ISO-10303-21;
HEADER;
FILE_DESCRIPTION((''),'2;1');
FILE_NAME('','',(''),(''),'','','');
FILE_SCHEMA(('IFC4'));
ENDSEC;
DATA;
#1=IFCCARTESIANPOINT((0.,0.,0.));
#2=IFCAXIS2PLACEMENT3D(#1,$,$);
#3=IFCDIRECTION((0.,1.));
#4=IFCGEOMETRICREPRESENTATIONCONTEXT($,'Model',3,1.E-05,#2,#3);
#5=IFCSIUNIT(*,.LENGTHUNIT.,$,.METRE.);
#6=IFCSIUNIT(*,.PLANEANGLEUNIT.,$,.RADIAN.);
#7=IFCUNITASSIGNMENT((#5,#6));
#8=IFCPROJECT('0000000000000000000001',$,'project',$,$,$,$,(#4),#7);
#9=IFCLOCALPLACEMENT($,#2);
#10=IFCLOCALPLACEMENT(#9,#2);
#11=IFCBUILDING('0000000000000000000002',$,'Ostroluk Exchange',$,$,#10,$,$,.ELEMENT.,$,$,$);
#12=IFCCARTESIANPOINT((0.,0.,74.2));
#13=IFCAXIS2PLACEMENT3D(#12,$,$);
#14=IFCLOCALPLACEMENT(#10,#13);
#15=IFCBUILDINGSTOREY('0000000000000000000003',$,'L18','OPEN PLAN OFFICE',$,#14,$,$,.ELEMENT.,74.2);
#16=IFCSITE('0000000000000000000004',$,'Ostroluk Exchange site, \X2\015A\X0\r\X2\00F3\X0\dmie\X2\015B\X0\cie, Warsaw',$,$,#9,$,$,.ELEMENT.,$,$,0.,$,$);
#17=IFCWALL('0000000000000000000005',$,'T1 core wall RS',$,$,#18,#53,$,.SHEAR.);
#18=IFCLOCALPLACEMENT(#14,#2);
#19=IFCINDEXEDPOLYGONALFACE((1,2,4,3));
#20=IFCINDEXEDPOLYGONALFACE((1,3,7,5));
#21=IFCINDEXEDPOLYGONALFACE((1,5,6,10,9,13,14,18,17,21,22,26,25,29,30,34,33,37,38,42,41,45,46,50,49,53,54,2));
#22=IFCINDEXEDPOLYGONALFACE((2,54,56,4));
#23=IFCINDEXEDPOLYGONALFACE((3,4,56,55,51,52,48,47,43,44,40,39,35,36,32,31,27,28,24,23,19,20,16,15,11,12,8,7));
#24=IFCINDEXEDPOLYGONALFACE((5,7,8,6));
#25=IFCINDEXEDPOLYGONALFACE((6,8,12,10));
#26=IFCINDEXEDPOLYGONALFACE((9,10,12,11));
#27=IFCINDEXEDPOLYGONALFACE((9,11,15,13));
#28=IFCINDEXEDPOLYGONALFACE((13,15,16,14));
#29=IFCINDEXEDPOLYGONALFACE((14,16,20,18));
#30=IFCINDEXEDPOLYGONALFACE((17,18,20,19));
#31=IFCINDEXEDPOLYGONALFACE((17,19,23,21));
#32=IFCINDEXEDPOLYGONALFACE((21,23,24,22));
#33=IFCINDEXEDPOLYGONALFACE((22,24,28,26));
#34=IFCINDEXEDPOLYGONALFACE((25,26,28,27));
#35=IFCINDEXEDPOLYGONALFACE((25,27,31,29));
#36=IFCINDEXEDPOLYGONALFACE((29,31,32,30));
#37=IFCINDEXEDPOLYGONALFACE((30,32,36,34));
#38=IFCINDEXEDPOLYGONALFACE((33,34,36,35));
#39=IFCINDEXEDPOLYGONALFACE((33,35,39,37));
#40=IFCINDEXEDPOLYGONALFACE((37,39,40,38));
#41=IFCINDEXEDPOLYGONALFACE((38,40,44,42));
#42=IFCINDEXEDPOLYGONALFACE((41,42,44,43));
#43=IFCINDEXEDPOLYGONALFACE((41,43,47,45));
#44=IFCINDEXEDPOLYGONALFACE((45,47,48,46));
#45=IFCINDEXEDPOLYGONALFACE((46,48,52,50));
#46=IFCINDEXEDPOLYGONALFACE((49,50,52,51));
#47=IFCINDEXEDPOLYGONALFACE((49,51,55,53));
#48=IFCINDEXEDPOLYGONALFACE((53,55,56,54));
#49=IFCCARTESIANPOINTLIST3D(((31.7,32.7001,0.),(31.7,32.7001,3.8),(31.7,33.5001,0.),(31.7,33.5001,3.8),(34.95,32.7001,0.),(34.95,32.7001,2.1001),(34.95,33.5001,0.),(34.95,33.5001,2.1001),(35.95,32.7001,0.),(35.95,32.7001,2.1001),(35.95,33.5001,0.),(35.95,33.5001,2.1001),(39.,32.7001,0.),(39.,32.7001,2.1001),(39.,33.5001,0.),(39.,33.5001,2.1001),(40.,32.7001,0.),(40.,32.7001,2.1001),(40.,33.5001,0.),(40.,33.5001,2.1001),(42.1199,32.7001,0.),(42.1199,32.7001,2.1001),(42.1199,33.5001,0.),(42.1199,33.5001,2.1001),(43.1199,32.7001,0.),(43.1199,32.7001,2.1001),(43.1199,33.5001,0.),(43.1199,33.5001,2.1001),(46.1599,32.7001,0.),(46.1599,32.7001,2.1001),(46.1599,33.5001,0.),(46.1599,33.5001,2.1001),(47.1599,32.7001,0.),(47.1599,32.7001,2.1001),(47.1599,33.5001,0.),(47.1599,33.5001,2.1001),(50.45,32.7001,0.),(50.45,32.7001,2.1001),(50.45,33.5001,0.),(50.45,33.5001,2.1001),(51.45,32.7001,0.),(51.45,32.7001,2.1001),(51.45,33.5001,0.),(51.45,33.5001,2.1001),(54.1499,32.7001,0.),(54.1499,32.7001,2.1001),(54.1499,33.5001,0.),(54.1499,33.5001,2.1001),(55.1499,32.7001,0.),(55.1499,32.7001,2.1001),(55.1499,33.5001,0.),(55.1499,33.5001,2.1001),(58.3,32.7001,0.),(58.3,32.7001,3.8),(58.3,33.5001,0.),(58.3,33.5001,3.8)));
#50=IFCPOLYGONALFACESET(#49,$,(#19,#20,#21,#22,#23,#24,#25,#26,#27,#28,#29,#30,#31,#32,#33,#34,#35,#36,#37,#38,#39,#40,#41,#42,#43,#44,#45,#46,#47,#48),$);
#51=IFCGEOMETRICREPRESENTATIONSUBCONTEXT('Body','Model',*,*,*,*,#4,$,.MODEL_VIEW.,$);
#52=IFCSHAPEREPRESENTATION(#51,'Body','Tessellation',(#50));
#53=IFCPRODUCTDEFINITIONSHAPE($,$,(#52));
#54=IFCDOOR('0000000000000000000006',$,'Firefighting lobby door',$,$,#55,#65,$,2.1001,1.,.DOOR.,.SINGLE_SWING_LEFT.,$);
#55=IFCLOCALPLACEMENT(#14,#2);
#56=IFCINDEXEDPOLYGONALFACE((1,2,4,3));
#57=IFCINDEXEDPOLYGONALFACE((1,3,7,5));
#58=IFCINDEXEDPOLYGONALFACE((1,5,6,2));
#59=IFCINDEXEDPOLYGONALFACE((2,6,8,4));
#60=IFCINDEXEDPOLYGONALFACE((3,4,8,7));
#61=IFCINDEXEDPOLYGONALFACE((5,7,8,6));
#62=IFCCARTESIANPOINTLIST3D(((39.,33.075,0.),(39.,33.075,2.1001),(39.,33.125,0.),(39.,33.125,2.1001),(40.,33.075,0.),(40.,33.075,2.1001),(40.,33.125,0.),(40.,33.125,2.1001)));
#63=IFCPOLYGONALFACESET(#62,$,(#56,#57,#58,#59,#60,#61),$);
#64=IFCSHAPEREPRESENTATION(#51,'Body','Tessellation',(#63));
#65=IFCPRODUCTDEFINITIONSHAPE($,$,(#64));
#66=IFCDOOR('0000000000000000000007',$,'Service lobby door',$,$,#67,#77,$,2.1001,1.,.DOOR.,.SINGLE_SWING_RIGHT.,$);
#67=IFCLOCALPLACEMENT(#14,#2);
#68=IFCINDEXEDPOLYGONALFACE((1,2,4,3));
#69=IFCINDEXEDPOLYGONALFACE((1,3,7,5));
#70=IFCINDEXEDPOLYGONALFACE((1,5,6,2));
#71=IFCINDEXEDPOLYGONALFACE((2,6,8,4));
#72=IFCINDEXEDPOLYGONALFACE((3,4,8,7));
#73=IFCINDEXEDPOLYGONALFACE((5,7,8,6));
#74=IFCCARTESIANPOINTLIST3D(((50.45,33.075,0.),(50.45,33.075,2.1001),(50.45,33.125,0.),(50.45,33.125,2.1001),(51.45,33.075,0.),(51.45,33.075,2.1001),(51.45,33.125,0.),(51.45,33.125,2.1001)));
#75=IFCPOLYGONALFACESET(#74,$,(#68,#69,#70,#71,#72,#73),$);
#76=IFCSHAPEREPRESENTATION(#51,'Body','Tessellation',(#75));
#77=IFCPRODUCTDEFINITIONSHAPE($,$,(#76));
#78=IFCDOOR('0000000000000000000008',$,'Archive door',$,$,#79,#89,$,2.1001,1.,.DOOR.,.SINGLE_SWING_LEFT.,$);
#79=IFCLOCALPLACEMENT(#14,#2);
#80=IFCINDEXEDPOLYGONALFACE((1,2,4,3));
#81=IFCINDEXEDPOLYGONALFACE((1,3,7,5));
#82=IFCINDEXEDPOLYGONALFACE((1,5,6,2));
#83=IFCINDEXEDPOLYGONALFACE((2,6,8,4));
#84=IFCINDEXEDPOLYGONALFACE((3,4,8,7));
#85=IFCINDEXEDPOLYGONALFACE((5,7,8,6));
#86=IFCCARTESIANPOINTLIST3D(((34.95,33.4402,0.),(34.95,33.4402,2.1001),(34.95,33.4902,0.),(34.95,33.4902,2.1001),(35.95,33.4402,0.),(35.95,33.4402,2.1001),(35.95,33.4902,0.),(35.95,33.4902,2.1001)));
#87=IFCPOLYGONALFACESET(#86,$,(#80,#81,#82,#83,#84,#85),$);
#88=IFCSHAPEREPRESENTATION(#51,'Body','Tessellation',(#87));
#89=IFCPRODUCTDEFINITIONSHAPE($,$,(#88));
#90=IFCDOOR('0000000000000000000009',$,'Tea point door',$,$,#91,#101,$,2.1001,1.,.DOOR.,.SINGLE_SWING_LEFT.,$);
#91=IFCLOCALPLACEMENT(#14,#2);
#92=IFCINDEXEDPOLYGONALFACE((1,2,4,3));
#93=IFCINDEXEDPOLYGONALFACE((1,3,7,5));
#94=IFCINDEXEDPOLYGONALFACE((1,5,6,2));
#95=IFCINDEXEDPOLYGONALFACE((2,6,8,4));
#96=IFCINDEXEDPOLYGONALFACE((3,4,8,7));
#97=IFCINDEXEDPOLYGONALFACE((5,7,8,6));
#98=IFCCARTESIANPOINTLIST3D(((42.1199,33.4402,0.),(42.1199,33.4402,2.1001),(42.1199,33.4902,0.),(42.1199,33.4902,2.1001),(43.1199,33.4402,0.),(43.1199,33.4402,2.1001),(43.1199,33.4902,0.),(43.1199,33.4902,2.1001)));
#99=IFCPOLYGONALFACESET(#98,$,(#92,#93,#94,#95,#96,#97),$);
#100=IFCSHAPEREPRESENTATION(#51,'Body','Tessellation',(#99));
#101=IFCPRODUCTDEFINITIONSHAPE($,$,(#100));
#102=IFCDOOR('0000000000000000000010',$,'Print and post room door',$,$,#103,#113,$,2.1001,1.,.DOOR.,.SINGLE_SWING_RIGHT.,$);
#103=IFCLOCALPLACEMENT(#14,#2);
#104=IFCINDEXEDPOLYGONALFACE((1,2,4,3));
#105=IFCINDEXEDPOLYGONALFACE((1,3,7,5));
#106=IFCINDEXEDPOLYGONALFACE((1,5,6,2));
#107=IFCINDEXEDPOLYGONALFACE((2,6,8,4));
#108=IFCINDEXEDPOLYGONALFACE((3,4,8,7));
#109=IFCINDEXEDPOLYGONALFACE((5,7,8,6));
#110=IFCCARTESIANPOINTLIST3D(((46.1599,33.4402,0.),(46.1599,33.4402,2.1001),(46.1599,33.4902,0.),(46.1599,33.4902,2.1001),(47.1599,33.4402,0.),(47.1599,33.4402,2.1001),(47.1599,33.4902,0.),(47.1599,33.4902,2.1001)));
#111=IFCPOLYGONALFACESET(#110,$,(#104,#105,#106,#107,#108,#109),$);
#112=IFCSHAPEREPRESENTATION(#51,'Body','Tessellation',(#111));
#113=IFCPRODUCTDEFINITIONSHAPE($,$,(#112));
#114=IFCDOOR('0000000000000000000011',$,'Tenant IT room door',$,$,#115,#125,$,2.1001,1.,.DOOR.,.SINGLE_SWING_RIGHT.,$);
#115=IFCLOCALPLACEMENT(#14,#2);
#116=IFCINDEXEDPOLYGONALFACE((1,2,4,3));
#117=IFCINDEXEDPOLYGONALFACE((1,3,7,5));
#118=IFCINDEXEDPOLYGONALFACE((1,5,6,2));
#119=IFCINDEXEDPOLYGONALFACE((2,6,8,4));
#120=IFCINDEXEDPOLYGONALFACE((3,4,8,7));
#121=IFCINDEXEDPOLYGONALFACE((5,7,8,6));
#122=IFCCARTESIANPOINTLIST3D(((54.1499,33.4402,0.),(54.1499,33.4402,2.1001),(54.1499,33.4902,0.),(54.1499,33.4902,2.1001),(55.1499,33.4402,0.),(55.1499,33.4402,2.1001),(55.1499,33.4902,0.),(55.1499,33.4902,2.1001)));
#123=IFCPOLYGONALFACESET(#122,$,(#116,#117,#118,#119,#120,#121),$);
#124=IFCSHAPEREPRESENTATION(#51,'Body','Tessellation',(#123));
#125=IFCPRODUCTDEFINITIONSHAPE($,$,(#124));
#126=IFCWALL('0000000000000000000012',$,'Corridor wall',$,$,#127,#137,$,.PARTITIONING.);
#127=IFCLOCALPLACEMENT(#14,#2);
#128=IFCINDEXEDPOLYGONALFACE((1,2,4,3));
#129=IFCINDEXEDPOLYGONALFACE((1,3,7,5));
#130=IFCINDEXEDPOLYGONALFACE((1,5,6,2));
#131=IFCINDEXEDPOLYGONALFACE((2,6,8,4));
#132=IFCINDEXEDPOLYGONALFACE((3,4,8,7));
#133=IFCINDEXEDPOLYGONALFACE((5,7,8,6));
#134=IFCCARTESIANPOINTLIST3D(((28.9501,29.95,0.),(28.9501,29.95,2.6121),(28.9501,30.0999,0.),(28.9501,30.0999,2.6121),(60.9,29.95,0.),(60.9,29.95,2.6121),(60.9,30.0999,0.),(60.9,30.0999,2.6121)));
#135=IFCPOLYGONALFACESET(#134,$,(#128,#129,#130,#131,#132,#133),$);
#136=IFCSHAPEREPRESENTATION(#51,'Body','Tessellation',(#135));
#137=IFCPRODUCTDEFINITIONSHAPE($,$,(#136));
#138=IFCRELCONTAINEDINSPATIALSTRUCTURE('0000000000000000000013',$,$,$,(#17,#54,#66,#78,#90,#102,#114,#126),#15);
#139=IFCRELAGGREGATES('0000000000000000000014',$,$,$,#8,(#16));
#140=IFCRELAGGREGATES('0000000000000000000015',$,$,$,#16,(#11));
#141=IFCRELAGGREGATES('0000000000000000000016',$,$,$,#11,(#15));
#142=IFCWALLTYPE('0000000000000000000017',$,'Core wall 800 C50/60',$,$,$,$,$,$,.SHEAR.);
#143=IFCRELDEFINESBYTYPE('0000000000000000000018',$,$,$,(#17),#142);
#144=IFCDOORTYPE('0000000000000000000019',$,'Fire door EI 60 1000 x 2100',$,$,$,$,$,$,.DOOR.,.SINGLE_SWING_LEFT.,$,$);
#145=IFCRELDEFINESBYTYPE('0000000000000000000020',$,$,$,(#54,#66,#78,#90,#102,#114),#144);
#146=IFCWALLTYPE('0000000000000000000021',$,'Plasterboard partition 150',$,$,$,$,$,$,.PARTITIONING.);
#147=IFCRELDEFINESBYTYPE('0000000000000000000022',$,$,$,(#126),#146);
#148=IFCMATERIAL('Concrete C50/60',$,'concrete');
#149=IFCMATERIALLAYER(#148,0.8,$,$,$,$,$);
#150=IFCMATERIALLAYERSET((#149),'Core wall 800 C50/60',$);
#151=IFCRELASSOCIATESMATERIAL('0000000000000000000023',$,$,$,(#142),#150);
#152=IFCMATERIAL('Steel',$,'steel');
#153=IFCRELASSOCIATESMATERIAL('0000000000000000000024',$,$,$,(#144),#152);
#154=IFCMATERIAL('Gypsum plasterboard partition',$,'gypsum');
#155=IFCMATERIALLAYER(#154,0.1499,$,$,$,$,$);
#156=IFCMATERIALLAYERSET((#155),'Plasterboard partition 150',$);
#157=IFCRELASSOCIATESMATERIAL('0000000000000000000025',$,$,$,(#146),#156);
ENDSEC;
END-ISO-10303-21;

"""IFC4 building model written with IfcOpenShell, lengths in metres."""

from ifc_helpers import new_model, si_unit, direction, frame, frame_2d, origin, place, context, subcontext, project, spatial, rectangle, extrude, material, layer, layer_set, type_object, element, fill, save


model = new_model("IFC4")

# Units and contexts
model_context = context("Model", 3, precision=1e-05, world=origin(), true_north=direction((0.0, 1.0)))
body_context = subcontext(model_context, "Body", "Model", "MODEL_VIEW")
ifc_project = project(units=[si_unit("LENGTHUNIT", "METRE"), si_unit("PLANEANGLEUNIT", "RADIAN")], contexts=[model_context])

# Site, building, storey
site_placement = place(None, origin())
site = spatial("IfcSite", under=ifc_project, at=site_placement, Name="Ostroluk Exchange site, Śródmieście, Warsaw", CompositionType="ELEMENT", RefElevation=0.0)
building_placement = place(site_placement, origin())
building = spatial("IfcBuilding", under=site, at=building_placement, Name="Ostroluk Exchange", CompositionType="ELEMENT")
storey_placement = place(building_placement, frame((0.0, 0.0, 74.2)))
storey = spatial("IfcBuildingStorey", under=building, at=storey_placement, Name="L18", Description="OPEN PLAN OFFICE", CompositionType="ELEMENT", Elevation=74.2)

# Wall, openings, doors
ifc_material_1 = material(Name="Concrete C50/60", Category="concrete")
ifc_layer_1 = layer(ifc_material_1, 0.8)
ifc_layer_set_1 = layer_set([ifc_layer_1], Name="Core wall 800 C50/60")
wall_type_1 = type_object("IfcWallType", Name="Core wall 800 C50/60", PredefinedType="SHEAR", material=ifc_layer_set_1)
wall_1_placement = place(storey_placement, frame((31.7, 33.1001, 0.0), z_axis=(0.0, 0.0, 1.0), x_axis=(1.0, 0.0, 0.0)))
wall_1 = element("IfcWall", 1, at=wall_1_placement, inside=storey, type_object=wall_type_1, Name="T1 core wall RS", PredefinedType="SHEAR", context=body_context, shape_type="SweptSolid", body=[
    extrude(rectangle(XDim=26.6001, YDim=0.8, at=frame_2d((13.3, 0.0))), origin(), (0.0, 0.0, 1.0), 3.8),
])
opening_1_placement = place(wall_1_placement, frame((7.3, 0.0, 0.0)))
opening_1 = element("IfcOpeningElement", 2, at=opening_1_placement, cuts=wall_1, PredefinedType="OPENING", context=body_context, shape_type="SweptSolid", body=[
    extrude(rectangle(XDim=1.0, YDim=2.1001, at=frame_2d((0.5, 1.05))), frame((0.0, 0.4099, 0.0), z_axis=(0.0, -1.0, 0.0), x_axis=(1.0, 0.0, 0.0)), (0.0, 0.0, 1.0), 0.8201),
])
opening_2_placement = place(wall_1_placement, frame((18.75, 0.0, 0.0)))
opening_2 = element("IfcOpeningElement", 3, at=opening_2_placement, cuts=wall_1, PredefinedType="OPENING", context=body_context, shape_type="SweptSolid", body=[
    extrude(rectangle(XDim=1.0, YDim=2.1001, at=frame_2d((0.5, 1.05))), frame((0.0, 0.4099, 0.0), z_axis=(0.0, -1.0, 0.0), x_axis=(1.0, 0.0, 0.0)), (0.0, 0.0, 1.0), 0.8201),
])
opening_3_placement = place(wall_1_placement, frame((3.25, 0.0, 0.0)))
opening_3 = element("IfcOpeningElement", 4, at=opening_3_placement, cuts=wall_1, PredefinedType="OPENING", context=body_context, shape_type="SweptSolid", body=[
    extrude(rectangle(XDim=1.0, YDim=2.1001, at=frame_2d((0.5, 1.05))), frame((0.0, 0.4099, 0.0), z_axis=(0.0, -1.0, 0.0), x_axis=(1.0, 0.0, 0.0)), (0.0, 0.0, 1.0), 0.8201),
])
opening_4_placement = place(wall_1_placement, frame((10.4199, 0.0, 0.0)))
opening_4 = element("IfcOpeningElement", 5, at=opening_4_placement, cuts=wall_1, PredefinedType="OPENING", context=body_context, shape_type="SweptSolid", body=[
    extrude(rectangle(XDim=1.0, YDim=2.1001, at=frame_2d((0.5, 1.05))), frame((0.0, 0.4099, 0.0), z_axis=(0.0, -1.0, 0.0), x_axis=(1.0, 0.0, 0.0)), (0.0, 0.0, 1.0), 0.8201),
])
opening_5_placement = place(wall_1_placement, frame((14.46, 0.0, 0.0)))
opening_5 = element("IfcOpeningElement", 6, at=opening_5_placement, cuts=wall_1, PredefinedType="OPENING", context=body_context, shape_type="SweptSolid", body=[
    extrude(rectangle(XDim=1.0, YDim=2.1001, at=frame_2d((0.5, 1.05))), frame((0.0, 0.4099, 0.0), z_axis=(0.0, -1.0, 0.0), x_axis=(1.0, 0.0, 0.0)), (0.0, 0.0, 1.0), 0.8201),
])
opening_6_placement = place(wall_1_placement, frame((22.45, 0.0, 0.0)))
opening_6 = element("IfcOpeningElement", 7, at=opening_6_placement, cuts=wall_1, PredefinedType="OPENING", context=body_context, shape_type="SweptSolid", body=[
    extrude(rectangle(XDim=1.0, YDim=2.1001, at=frame_2d((0.5, 1.05))), frame((0.0, 0.4099, 0.0), z_axis=(0.0, -1.0, 0.0), x_axis=(1.0, 0.0, 0.0)), (0.0, 0.0, 1.0), 0.8201),
])
ifc_material_2 = material(Name="Steel", Category="steel")
door_type_1 = type_object("IfcDoorType", Name="Fire door EI 60 1000 x 2100", OperationType="SINGLE_SWING_LEFT", PredefinedType="DOOR", material=ifc_material_2)
door_1_placement = place(opening_1_placement, origin())
door_1 = element("IfcDoor", 8, at=door_1_placement, inside=storey, type_object=door_type_1, Name="Firefighting lobby door", OperationType="SINGLE_SWING_LEFT", OverallHeight=2.1001, OverallWidth=1.0, PredefinedType="DOOR", context=body_context, shape_type="SweptSolid", body=[
    extrude(rectangle(XDim=1.0, YDim=2.1001, at=frame_2d((0.5, 1.05))), frame((0.0, 0.0249, 0.0), z_axis=(0.0, -1.0, 0.0), x_axis=(1.0, 0.0, 0.0)), (0.0, 0.0, 1.0), 0.05),
])
fill(opening_1, door_1)
door_2_placement = place(opening_2_placement, origin())
door_2 = element("IfcDoor", 9, at=door_2_placement, inside=storey, type_object=door_type_1, Name="Service lobby door", OperationType="SINGLE_SWING_RIGHT", OverallHeight=2.1001, OverallWidth=1.0, PredefinedType="DOOR", context=body_context, shape_type="SweptSolid", body=[
    extrude(rectangle(XDim=1.0, YDim=2.1001, at=frame_2d((0.5, 1.05))), frame((0.0, 0.0249, 0.0), z_axis=(0.0, -1.0, 0.0), x_axis=(1.0, 0.0, 0.0)), (0.0, 0.0, 1.0), 0.05),
])
fill(opening_2, door_2)
door_3_placement = place(opening_3_placement, origin())
door_3 = element("IfcDoor", 10, at=door_3_placement, inside=storey, type_object=door_type_1, Name="Archive door", OperationType="SINGLE_SWING_LEFT", OverallHeight=2.1001, OverallWidth=1.0, PredefinedType="DOOR", context=body_context, shape_type="SweptSolid", body=[
    extrude(rectangle(XDim=1.0, YDim=2.1001, at=frame_2d((0.5, 1.05))), frame((0.0, 0.3901, 0.0), z_axis=(0.0, -1.0, 0.0), x_axis=(1.0, 0.0, 0.0)), (0.0, 0.0, 1.0), 0.05),
])
fill(opening_3, door_3)
door_4_placement = place(opening_4_placement, origin())
door_4 = element("IfcDoor", 11, at=door_4_placement, inside=storey, type_object=door_type_1, Name="Tea point door", OperationType="SINGLE_SWING_LEFT", OverallHeight=2.1001, OverallWidth=1.0, PredefinedType="DOOR", context=body_context, shape_type="SweptSolid", body=[
    extrude(rectangle(XDim=1.0, YDim=2.1001, at=frame_2d((0.5, 1.05))), frame((0.0, 0.3901, 0.0), z_axis=(0.0, -1.0, 0.0), x_axis=(1.0, 0.0, 0.0)), (0.0, 0.0, 1.0), 0.05),
])
fill(opening_4, door_4)
door_5_placement = place(opening_5_placement, origin())
door_5 = element("IfcDoor", 12, at=door_5_placement, inside=storey, type_object=door_type_1, Name="Print and post room door", OperationType="SINGLE_SWING_RIGHT", OverallHeight=2.1001, OverallWidth=1.0, PredefinedType="DOOR", context=body_context, shape_type="SweptSolid", body=[
    extrude(rectangle(XDim=1.0, YDim=2.1001, at=frame_2d((0.5, 1.05))), frame((0.0, 0.3901, 0.0), z_axis=(0.0, -1.0, 0.0), x_axis=(1.0, 0.0, 0.0)), (0.0, 0.0, 1.0), 0.05),
])
fill(opening_5, door_5)
door_6_placement = place(opening_6_placement, origin())
door_6 = element("IfcDoor", 13, at=door_6_placement, inside=storey, type_object=door_type_1, Name="Tenant IT room door", OperationType="SINGLE_SWING_RIGHT", OverallHeight=2.1001, OverallWidth=1.0, PredefinedType="DOOR", context=body_context, shape_type="SweptSolid", body=[
    extrude(rectangle(XDim=1.0, YDim=2.1001, at=frame_2d((0.5, 1.05))), frame((0.0, 0.3901, 0.0), z_axis=(0.0, -1.0, 0.0), x_axis=(1.0, 0.0, 0.0)), (0.0, 0.0, 1.0), 0.05),
])
fill(opening_6, door_6)

# Wall
ifc_material_3 = material(Name="Gypsum plasterboard partition", Category="gypsum")
ifc_layer_2 = layer(ifc_material_3, 0.1499)
ifc_layer_set_2 = layer_set([ifc_layer_2], Name="Plasterboard partition 150")
wall_type_2 = type_object("IfcWallType", Name="Plasterboard partition 150", PredefinedType="PARTITIONING", material=ifc_layer_set_2)
wall_2_placement = place(storey_placement, frame((28.95, 30.0249, 0.0), z_axis=(0.0, 0.0, 1.0), x_axis=(1.0, 0.0, 0.0)))
element("IfcWall", 14, at=wall_2_placement, inside=storey, type_object=wall_type_2, Name="Corridor wall", PredefinedType="PARTITIONING", context=body_context, shape_type="SweptSolid", body=[
    extrude(rectangle(XDim=31.95, YDim=0.1499, at=frame_2d((15.9751, 0.0))), origin(), (0.0, 0.0, 1.0), 2.6121),
])

save(model, "model.ifc")
